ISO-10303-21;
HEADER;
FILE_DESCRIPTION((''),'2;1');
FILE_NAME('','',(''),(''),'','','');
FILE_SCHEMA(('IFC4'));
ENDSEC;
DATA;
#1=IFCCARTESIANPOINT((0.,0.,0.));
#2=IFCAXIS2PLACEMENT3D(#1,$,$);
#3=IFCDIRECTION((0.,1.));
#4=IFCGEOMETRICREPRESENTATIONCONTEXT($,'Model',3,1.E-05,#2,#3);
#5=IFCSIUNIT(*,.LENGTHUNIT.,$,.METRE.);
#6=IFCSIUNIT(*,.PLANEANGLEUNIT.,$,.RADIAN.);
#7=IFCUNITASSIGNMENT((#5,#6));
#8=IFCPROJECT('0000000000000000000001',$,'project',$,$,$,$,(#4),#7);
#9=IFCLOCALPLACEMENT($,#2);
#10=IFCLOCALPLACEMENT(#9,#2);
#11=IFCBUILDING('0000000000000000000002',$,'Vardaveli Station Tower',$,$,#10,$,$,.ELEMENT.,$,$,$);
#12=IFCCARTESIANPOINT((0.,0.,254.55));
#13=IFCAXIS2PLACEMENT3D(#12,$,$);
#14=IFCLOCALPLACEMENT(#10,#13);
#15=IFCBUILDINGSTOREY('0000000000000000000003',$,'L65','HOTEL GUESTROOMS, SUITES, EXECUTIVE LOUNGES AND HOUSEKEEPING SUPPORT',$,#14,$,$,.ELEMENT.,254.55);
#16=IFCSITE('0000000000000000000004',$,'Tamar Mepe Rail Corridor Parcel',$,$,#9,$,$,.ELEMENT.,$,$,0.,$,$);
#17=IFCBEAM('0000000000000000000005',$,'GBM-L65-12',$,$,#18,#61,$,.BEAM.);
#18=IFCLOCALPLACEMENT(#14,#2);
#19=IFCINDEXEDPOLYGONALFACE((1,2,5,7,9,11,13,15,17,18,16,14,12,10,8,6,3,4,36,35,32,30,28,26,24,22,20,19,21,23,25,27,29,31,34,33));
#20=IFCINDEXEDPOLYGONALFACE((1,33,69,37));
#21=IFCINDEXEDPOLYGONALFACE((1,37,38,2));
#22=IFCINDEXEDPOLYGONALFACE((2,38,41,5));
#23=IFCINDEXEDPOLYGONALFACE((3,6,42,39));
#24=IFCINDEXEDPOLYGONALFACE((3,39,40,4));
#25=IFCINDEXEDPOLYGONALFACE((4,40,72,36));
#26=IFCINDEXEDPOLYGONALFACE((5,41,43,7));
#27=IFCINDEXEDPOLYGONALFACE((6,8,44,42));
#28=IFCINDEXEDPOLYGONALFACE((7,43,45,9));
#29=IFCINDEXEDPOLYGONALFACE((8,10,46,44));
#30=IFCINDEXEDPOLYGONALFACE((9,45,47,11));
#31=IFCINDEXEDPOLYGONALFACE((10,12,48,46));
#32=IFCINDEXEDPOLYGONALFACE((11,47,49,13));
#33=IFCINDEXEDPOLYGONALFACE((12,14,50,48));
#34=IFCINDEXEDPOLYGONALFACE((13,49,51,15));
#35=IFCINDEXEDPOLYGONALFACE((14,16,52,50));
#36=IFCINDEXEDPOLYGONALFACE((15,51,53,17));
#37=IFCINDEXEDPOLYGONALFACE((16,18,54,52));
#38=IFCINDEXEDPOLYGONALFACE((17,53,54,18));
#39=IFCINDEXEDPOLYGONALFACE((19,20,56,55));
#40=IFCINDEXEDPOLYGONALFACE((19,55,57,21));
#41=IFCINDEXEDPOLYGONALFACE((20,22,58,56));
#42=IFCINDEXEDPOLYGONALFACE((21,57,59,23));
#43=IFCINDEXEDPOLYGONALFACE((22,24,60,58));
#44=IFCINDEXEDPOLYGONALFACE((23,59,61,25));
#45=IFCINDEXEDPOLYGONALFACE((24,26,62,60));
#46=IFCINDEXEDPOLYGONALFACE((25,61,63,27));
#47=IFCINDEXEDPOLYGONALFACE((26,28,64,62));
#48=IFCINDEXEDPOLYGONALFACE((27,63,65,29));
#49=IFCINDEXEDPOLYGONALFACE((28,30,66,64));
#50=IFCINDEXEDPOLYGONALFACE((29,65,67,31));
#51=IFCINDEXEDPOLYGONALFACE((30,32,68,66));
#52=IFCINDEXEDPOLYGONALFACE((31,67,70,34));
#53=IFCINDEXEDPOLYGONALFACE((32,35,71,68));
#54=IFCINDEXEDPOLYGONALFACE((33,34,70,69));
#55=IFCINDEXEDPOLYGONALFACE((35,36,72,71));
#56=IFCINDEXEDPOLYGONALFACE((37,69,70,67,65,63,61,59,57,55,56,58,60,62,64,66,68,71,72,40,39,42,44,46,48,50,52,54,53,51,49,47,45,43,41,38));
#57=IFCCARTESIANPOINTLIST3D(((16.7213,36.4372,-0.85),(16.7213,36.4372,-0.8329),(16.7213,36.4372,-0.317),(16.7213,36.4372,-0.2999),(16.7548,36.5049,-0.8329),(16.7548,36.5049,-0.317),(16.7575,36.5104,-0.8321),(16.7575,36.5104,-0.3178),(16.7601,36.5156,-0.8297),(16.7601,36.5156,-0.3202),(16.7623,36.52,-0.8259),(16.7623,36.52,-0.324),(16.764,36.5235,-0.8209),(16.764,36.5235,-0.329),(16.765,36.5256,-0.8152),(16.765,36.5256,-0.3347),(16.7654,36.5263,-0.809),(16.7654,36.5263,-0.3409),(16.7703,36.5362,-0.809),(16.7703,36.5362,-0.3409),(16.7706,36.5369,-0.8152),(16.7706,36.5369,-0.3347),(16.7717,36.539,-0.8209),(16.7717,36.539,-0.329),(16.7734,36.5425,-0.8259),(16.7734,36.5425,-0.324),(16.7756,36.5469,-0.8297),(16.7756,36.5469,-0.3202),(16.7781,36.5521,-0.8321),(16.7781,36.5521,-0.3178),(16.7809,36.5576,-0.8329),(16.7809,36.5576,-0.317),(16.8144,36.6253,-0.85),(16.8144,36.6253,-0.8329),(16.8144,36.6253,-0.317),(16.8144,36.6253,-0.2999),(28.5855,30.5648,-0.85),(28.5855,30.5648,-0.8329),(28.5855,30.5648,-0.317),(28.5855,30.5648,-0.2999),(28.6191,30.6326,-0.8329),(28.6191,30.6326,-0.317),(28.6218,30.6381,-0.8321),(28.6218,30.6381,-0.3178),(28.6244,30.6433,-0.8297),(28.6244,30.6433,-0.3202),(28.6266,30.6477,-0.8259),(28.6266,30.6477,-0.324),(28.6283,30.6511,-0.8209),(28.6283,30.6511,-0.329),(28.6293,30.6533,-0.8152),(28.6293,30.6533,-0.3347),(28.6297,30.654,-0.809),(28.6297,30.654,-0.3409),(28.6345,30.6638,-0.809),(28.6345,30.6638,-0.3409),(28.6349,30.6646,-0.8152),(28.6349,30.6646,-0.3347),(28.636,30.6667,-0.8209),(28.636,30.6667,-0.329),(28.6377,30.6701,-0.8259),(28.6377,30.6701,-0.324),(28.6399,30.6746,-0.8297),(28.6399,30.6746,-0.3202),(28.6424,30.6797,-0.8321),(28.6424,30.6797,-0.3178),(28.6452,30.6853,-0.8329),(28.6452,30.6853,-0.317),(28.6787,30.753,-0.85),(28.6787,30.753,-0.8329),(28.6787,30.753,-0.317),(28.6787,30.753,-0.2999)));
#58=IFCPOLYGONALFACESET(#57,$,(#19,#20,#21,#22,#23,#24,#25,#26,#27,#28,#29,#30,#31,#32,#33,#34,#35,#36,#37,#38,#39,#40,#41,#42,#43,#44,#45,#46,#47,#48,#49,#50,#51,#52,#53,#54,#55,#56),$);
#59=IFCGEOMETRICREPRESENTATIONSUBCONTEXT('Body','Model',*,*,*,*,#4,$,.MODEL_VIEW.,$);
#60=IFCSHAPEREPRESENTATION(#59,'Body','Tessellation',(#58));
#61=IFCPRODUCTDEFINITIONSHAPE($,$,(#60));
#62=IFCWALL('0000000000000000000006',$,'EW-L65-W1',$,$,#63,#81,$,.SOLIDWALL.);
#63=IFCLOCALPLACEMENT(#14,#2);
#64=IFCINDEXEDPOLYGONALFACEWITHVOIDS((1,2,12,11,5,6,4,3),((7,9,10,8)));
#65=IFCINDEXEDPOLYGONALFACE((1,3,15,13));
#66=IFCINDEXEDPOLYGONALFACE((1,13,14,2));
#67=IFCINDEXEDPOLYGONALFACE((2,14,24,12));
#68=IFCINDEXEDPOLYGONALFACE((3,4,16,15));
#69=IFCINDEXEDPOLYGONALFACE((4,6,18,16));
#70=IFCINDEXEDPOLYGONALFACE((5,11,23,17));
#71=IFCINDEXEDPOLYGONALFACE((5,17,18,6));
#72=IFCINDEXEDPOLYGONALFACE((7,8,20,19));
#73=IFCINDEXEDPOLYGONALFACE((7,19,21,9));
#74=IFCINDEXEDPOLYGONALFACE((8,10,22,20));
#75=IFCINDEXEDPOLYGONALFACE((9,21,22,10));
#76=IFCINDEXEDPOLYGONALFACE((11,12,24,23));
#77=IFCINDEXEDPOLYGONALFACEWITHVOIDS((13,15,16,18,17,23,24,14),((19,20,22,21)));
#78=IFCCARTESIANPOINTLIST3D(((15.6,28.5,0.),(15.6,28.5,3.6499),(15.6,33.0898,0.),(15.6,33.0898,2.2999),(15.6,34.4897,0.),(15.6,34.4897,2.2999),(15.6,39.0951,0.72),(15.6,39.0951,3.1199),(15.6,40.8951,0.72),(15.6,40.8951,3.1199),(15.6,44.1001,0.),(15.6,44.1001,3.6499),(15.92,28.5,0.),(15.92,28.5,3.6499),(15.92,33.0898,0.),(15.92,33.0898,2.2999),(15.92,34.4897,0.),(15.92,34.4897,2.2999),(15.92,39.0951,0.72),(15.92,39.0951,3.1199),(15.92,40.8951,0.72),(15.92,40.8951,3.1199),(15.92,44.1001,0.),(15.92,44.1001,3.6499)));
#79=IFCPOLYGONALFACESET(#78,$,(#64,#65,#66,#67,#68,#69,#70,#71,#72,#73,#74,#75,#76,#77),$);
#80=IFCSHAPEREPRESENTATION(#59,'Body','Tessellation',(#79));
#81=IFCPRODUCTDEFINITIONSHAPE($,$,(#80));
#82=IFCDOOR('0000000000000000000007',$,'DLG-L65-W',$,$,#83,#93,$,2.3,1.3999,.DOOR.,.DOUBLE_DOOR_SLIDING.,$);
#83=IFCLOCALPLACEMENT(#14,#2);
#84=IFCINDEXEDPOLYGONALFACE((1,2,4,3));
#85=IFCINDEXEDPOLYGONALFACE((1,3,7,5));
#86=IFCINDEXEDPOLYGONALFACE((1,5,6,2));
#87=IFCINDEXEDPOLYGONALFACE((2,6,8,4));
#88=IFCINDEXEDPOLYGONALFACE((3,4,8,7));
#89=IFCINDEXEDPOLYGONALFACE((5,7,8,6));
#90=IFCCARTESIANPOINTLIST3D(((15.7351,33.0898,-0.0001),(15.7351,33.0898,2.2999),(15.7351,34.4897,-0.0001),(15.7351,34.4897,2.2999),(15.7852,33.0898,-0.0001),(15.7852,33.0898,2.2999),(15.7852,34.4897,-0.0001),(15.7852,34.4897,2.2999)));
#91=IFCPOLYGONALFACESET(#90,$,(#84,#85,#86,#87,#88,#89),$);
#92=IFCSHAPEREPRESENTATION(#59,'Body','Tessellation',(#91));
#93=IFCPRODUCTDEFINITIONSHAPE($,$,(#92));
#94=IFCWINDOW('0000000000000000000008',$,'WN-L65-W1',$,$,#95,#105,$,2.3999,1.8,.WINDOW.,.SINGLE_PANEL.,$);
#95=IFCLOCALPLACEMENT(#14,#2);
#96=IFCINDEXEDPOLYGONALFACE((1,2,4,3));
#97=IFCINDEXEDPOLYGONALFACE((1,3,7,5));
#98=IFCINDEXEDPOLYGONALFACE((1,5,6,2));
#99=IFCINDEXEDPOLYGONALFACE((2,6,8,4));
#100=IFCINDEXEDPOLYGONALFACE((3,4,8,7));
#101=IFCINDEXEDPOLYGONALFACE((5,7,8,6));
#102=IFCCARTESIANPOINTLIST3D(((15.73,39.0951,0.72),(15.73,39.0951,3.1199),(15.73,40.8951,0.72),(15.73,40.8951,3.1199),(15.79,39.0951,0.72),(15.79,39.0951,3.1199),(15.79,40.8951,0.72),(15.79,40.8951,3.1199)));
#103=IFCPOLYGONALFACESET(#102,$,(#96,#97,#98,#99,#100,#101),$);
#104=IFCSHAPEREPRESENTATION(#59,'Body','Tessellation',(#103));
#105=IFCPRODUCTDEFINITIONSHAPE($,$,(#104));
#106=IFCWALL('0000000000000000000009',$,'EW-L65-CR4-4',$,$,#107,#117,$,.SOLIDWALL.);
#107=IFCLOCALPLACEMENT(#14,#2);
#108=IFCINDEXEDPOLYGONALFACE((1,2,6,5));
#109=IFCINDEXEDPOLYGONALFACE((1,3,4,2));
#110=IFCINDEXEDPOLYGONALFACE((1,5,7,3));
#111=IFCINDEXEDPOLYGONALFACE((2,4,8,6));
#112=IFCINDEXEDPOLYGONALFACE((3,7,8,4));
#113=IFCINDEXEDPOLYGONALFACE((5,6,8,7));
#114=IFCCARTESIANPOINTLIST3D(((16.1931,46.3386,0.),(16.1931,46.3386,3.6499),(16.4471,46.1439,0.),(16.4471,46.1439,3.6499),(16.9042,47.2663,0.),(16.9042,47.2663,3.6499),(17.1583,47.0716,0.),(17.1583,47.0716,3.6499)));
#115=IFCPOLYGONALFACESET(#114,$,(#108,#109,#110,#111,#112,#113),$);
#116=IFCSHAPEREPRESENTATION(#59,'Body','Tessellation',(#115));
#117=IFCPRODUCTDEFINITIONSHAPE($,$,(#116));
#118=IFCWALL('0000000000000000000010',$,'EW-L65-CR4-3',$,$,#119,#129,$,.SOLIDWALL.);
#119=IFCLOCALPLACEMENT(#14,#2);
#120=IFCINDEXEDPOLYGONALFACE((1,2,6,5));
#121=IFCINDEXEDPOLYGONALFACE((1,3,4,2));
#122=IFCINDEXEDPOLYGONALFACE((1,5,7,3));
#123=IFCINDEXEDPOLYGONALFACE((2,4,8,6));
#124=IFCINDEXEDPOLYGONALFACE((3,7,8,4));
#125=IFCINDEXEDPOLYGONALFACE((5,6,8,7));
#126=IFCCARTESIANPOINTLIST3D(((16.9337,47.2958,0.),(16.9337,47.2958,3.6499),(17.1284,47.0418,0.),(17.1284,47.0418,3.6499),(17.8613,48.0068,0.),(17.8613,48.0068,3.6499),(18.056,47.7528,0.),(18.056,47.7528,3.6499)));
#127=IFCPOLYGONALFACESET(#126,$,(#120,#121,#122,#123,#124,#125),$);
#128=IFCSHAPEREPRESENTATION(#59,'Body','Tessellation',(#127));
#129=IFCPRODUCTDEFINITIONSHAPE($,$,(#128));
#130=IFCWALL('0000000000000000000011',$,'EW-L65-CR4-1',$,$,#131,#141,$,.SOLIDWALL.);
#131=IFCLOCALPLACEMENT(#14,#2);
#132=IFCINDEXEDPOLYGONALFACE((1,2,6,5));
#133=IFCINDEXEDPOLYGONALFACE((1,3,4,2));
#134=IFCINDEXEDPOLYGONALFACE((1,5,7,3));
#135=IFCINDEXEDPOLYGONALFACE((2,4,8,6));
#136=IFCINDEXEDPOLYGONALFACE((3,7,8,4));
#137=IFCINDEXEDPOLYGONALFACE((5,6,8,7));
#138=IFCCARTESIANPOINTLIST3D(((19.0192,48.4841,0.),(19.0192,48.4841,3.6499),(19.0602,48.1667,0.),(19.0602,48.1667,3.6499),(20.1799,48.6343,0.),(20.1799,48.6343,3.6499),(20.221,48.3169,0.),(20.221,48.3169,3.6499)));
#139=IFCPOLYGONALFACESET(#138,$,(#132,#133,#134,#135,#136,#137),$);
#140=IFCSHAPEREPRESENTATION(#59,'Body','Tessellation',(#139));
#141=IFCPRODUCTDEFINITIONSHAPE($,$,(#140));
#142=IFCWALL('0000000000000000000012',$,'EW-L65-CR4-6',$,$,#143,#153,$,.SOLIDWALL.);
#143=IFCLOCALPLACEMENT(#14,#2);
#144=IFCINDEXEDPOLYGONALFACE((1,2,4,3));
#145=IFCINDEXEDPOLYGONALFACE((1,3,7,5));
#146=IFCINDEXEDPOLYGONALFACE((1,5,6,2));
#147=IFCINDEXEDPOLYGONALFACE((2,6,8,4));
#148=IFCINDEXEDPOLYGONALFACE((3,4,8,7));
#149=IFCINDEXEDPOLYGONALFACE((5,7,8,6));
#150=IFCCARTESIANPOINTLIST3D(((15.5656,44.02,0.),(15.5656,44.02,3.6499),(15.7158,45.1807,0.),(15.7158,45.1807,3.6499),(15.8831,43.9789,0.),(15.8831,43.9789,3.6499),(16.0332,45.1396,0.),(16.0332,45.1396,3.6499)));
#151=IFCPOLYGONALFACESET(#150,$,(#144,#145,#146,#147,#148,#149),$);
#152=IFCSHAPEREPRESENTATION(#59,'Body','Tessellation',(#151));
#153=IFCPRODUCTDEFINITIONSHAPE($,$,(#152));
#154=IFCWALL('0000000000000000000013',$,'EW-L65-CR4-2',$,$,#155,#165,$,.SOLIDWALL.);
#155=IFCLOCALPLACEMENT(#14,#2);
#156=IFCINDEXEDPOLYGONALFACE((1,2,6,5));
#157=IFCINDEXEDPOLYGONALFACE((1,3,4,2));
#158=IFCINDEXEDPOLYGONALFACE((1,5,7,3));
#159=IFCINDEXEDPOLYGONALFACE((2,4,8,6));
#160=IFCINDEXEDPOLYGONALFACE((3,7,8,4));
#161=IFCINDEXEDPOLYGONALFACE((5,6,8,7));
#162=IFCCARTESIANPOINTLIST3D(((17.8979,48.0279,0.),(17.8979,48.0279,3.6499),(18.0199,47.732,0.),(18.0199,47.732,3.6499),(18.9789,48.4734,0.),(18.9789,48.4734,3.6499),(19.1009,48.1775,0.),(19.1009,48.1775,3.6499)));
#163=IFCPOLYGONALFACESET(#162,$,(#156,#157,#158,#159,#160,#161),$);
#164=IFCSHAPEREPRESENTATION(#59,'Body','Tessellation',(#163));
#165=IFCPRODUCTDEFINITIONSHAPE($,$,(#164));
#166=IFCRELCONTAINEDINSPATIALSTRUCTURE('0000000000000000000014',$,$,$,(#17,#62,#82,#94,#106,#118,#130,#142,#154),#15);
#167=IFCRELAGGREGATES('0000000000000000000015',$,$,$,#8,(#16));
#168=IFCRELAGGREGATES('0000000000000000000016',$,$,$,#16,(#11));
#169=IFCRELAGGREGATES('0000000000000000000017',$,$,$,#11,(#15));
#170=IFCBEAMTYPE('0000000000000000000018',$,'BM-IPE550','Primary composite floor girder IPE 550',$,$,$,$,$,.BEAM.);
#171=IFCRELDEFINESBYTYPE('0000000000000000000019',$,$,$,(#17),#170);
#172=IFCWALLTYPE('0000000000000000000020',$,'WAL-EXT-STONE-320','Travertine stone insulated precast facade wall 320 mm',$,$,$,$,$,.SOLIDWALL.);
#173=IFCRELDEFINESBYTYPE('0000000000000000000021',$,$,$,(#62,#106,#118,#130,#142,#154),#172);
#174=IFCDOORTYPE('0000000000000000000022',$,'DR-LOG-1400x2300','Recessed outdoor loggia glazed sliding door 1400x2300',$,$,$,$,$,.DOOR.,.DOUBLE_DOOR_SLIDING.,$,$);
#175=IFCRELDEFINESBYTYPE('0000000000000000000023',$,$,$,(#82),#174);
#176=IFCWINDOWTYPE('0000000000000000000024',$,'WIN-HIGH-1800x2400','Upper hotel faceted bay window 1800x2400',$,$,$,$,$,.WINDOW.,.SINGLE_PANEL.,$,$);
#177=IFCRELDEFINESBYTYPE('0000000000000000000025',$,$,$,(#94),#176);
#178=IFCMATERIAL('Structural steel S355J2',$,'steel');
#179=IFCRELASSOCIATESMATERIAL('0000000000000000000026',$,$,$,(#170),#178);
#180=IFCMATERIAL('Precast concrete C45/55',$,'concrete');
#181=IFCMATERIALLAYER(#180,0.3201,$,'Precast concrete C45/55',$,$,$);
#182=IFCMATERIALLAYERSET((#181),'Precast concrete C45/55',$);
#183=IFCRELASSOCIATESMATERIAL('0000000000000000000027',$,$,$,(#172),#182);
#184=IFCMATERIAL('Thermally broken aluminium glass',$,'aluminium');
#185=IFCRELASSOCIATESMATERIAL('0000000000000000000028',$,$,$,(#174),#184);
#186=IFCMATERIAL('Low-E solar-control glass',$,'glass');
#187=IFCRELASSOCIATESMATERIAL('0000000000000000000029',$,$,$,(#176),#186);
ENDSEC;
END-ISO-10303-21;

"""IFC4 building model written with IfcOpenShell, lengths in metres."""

from ifc_helpers import new_model, si_unit, direction, frame, frame_2d, origin, origin_2d, place, context, subcontext, project, spatial, rectangle, i_section, extrude, source, transform, mapped, material, layer, layer_set, material_profile, profile_set, type_object, element, fill, save


model = new_model("IFC4")

# Units and contexts
model_context = context("Model", 3, precision=1e-05, world=origin(), true_north=direction((0.0, 1.0)))
body_context = subcontext(model_context, "Body", "Model", "MODEL_VIEW")
ifc_project = project(units=[si_unit("LENGTHUNIT", "METRE"), si_unit("PLANEANGLEUNIT", "RADIAN")], contexts=[model_context])

# Site, building, storey
site_placement = place(None, origin())
site = spatial("IfcSite", under=ifc_project, at=site_placement, Name="Tamar Mepe Rail Corridor Parcel", CompositionType="ELEMENT", RefElevation=0.0)
building_placement = place(site_placement, origin())
building = spatial("IfcBuilding", under=site, at=building_placement, Name="Vardaveli Station Tower", CompositionType="ELEMENT")
storey_placement = place(building_placement, frame((0.0, 0.0, 254.55)))
storey = spatial("IfcBuildingStorey", under=building, at=storey_placement, Name="L65", Description="HOTEL GUESTROOMS, SUITES, EXECUTIVE LOUNGES AND HOUSEKEEPING SUPPORT", CompositionType="ELEMENT", Elevation=254.55)

# Beam
ifc_material_1 = material(Name="Precast concrete C45/55", Category="concrete")
ifc_material_2 = material(Name="Structural steel S355J2", Category="steel")
ifc_material_profile_1 = material_profile(ifc_material_2, i_section(OverallWidth=0.21, OverallDepth=0.55, WebThickness=0.011, FlangeThickness=0.0171, FilletRadius=0.0239, at=origin_2d()), Name="IPE 550")
ifc_profile_set_1 = profile_set([ifc_material_profile_1], Name="Structural steel S355J2")
beam_type_1 = type_object("IfcBeamType", Name="BM-IPE550", Description="Primary composite floor girder IPE 550", PredefinedType="BEAM", material=ifc_profile_set_1)
shared_shape_1 = source(origin(), body_context, "Body", "SweptSolid", [
    extrude(i_section(OverallWidth=0.21, OverallDepth=0.55, WebThickness=0.011, FlangeThickness=0.0171, FilletRadius=0.0239, at=origin_2d()), origin(), (0.0, 0.0, 1.0), 13.238),
])
beam_1_placement = place(storey_placement, frame((16.7678, 36.5312, -0.575), z_axis=(0.896227, -0.443595, 0.0), x_axis=(0.443595, 0.896227, 0.0)))
element("IfcBeam", 1, at=beam_1_placement, inside=storey, type_object=beam_type_1, Name="GBM-L65-12", PredefinedType="BEAM", context=body_context, shape_type="MappedRepresentation", body=[
    mapped(shared_shape_1, transform((0.0, 0.0, 0.0), scale=1.0)),
])

# Wall, openings, door, window
ifc_layer_1 = layer(ifc_material_1, 0.3201, Name="Precast concrete C45/55")
ifc_layer_set_1 = layer_set([ifc_layer_1], Name="Precast concrete C45/55")
wall_type_1 = type_object("IfcWallType", Name="WAL-EXT-STONE-320", Description="Travertine stone insulated precast facade wall 320 mm", PredefinedType="SOLIDWALL", material=ifc_layer_set_1)
shared_shape_2 = source(origin(), body_context, "Body", "SweptSolid", [
    extrude(rectangle(XDim=15.6001, YDim=0.3201, at=frame_2d((7.8, 0.0))), origin(), (0.0, 0.0, 1.0), 3.6499),
])
wall_1_placement = place(storey_placement, frame((15.76, 44.1001, 0.0), z_axis=(0.0, 0.0, 1.0), x_axis=(0.0, -1.0, 0.0)))
wall_1 = element("IfcWall", 2, at=wall_1_placement, inside=storey, type_object=wall_type_1, Name="EW-L65-W1", PredefinedType="SOLIDWALL", context=body_context, shape_type="MappedRepresentation", body=[
    mapped(shared_shape_2, transform((0.0, 0.0, 0.0), scale=1.0)),
])
shared_shape_3 = source(origin(), body_context, "Body", "SweptSolid", [
    extrude(rectangle(XDim=1.3999, YDim=2.3, at=frame_2d((0.7, 1.1499))), frame((0.0, 0.1699, 0.0), z_axis=(0.0, -1.0, 0.0), x_axis=(1.0, 0.0, 0.0)), (0.0, 0.0, 1.0), 0.3401),
])
opening_1_placement = place(wall_1_placement, frame((9.6104, 0.0, 0.0)))
opening_1 = element("IfcOpeningElement", 3, at=opening_1_placement, cuts=wall_1, PredefinedType="OPENING", context=body_context, shape_type="MappedRepresentation", body=[
    mapped(shared_shape_3, transform((0.0, 0.0, 0.0), scale=1.0)),
])
shared_shape_4 = source(origin(), body_context, "Body", "SweptSolid", [
    extrude(rectangle(XDim=1.8, YDim=2.3999, at=frame_2d((0.8999, 1.2))), frame((0.0, 0.1699, 0.0), z_axis=(0.0, -1.0, 0.0), x_axis=(1.0, 0.0, 0.0)), (0.0, 0.0, 1.0), 0.3401),
])
opening_2_placement = place(wall_1_placement, frame((3.2051, 0.0, 0.72)))
opening_2 = element("IfcOpeningElement", 4, at=opening_2_placement, cuts=wall_1, PredefinedType="OPENING", context=body_context, shape_type="MappedRepresentation", body=[
    mapped(shared_shape_4, transform((0.0, 0.0, 0.0), scale=1.0)),
])
ifc_material_3 = material(Name="Thermally broken aluminium glass", Category="aluminium")
door_type_1 = type_object("IfcDoorType", Name="DR-LOG-1400x2300", Description="Recessed outdoor loggia glazed sliding door 1400x2300", OperationType="DOUBLE_DOOR_SLIDING", PredefinedType="DOOR", material=ifc_material_3)
shared_shape_5 = source(origin(), body_context, "Body", "SweptSolid", [
    extrude(rectangle(XDim=1.3999, YDim=2.3, at=frame_2d((0.7, 1.1499))), frame((0.0, 0.0249, 0.0), z_axis=(0.0, -1.0, 0.0), x_axis=(1.0, 0.0, 0.0)), (0.0, 0.0, 1.0), 0.05),
])
door_1_placement = place(opening_1_placement, frame((1.3999, 0.0, 0.0), z_axis=(0.0, 0.0, 1.0), x_axis=(-1.0, 0.0, 0.0)))
door_1 = element("IfcDoor", 5, at=door_1_placement, inside=storey, type_object=door_type_1, Name="DLG-L65-W", OperationType="DOUBLE_DOOR_SLIDING", OverallHeight=2.3, OverallWidth=1.3999, PredefinedType="DOOR", context=body_context, shape_type="MappedRepresentation", body=[
    mapped(shared_shape_5, transform((0.0, 0.0, 0.0), scale=1.0)),
])
fill(opening_1, door_1)
ifc_material_4 = material(Name="Low-E solar-control glass", Category="glass")
window_type = type_object("IfcWindowType", Name="WIN-HIGH-1800x2400", Description="Upper hotel faceted bay window 1800x2400", PartitioningType="SINGLE_PANEL", PredefinedType="WINDOW", material=ifc_material_4)
shared_shape_6 = source(origin(), body_context, "Body", "SweptSolid", [
    extrude(rectangle(XDim=1.8, YDim=2.3999, at=frame_2d((0.8999, 1.2))), frame((0.0, 0.03, 0.0), z_axis=(0.0, -1.0, 0.0), x_axis=(1.0, 0.0, 0.0)), (0.0, 0.0, 1.0), 0.0601),
])
window_placement = place(opening_2_placement, origin())
window = element("IfcWindow", 6, at=window_placement, inside=storey, type_object=window_type, Name="WN-L65-W1", OverallHeight=2.3999, OverallWidth=1.8, PartitioningType="SINGLE_PANEL", PredefinedType="WINDOW", context=body_context, shape_type="MappedRepresentation", body=[
    mapped(shared_shape_6, transform((0.0, 0.0, 0.0), scale=1.0)),
])
fill(opening_2, window)

# Walls
shared_shape_7 = source(origin(), body_context, "Body", "SweptSolid", [
    extrude(rectangle(XDim=1.1689, YDim=0.3201, at=frame_2d((0.5845, 0.0))), origin(), (0.0, 0.0, 1.0), 3.6499),
])
wall_2_placement = place(storey_placement, frame((17.0312, 47.1689, 0.0), z_axis=(0.0, 0.0, 1.0), x_axis=(-0.608388, -0.79364, 0.0)))
element("IfcWall", 7, at=wall_2_placement, inside=storey, type_object=wall_type_1, Name="EW-L65-CR4-4", PredefinedType="SOLIDWALL", context=body_context, shape_type="MappedRepresentation", body=[
    mapped(shared_shape_7, transform((0.0, 0.0, 0.0), scale=1.0)),
])
shared_shape_8 = source(origin(), body_context, "Body", "SweptSolid", [
    extrude(rectangle(XDim=1.1687, YDim=0.3201, at=frame_2d((0.5845, 0.0))), origin(), (0.0, 0.0, 1.0), 3.6499),
])
wall_3_placement = place(storey_placement, frame((17.9587, 47.8799, 0.0), z_axis=(0.0, 0.0, 1.0), x_axis=(-0.793664, -0.608357, 0.0)))
element("IfcWall", 8, at=wall_3_placement, inside=storey, type_object=wall_type_1, Name="EW-L65-CR4-3", PredefinedType="SOLIDWALL", context=body_context, shape_type="MappedRepresentation", body=[
    mapped(shared_shape_8, transform((0.0, 0.0, 0.0), scale=1.0)),
])
shared_shape_9 = source(origin(), body_context, "Body", "SweptSolid", [
    extrude(rectangle(XDim=1.1704, YDim=0.3201, at=frame_2d((0.5852, 0.0))), origin(), (0.0, 0.0, 1.0), 3.6499),
])
for number, where, z_axis, x_axis, name in (
    (9, (20.2004, 48.4756, 0.0), (0.0, 0.0, 1.0), (-0.991736, -0.128296, 0.0), "EW-L65-CR4-1"),
    (10, (15.8745, 45.1602, 0.0), (0.0, 0.0, 1.0), (-0.128296, -0.991736, 0.0), "EW-L65-CR4-6"),
):
    element("IfcWall", number, at=place(storey_placement, frame(where, z_axis=z_axis, x_axis=x_axis)), inside=storey, type_object=wall_type_1, Name=name, PredefinedType="SOLIDWALL", context=body_context, shape_type="MappedRepresentation", body=[
        mapped(shared_shape_9, transform((0.0, 0.0, 0.0), scale=1.0)),
    ])
shared_shape_10 = source(origin(), body_context, "Body", "SweptSolid", [
    extrude(rectangle(XDim=1.1692, YDim=0.3201, at=frame_2d((0.5845, 0.0))), origin(), (0.0, 0.0, 1.0), 3.6499),
])
for number, where, z_axis, x_axis, name in (
    (11, (19.0398, 48.3254, 0.0), (0.0, 0.0, 1.0), (-0.924553, -0.381054, 0.0), "EW-L65-CR4-2"),
):
    element("IfcWall", number, at=place(storey_placement, frame(where, z_axis=z_axis, x_axis=x_axis)), inside=storey, type_object=wall_type_1, Name=name, PredefinedType="SOLIDWALL", context=body_context, shape_type="MappedRepresentation", body=[
        mapped(shared_shape_10, transform((0.0, 0.0, 0.0), scale=1.0)),
    ])

save(model, "model.ifc")
